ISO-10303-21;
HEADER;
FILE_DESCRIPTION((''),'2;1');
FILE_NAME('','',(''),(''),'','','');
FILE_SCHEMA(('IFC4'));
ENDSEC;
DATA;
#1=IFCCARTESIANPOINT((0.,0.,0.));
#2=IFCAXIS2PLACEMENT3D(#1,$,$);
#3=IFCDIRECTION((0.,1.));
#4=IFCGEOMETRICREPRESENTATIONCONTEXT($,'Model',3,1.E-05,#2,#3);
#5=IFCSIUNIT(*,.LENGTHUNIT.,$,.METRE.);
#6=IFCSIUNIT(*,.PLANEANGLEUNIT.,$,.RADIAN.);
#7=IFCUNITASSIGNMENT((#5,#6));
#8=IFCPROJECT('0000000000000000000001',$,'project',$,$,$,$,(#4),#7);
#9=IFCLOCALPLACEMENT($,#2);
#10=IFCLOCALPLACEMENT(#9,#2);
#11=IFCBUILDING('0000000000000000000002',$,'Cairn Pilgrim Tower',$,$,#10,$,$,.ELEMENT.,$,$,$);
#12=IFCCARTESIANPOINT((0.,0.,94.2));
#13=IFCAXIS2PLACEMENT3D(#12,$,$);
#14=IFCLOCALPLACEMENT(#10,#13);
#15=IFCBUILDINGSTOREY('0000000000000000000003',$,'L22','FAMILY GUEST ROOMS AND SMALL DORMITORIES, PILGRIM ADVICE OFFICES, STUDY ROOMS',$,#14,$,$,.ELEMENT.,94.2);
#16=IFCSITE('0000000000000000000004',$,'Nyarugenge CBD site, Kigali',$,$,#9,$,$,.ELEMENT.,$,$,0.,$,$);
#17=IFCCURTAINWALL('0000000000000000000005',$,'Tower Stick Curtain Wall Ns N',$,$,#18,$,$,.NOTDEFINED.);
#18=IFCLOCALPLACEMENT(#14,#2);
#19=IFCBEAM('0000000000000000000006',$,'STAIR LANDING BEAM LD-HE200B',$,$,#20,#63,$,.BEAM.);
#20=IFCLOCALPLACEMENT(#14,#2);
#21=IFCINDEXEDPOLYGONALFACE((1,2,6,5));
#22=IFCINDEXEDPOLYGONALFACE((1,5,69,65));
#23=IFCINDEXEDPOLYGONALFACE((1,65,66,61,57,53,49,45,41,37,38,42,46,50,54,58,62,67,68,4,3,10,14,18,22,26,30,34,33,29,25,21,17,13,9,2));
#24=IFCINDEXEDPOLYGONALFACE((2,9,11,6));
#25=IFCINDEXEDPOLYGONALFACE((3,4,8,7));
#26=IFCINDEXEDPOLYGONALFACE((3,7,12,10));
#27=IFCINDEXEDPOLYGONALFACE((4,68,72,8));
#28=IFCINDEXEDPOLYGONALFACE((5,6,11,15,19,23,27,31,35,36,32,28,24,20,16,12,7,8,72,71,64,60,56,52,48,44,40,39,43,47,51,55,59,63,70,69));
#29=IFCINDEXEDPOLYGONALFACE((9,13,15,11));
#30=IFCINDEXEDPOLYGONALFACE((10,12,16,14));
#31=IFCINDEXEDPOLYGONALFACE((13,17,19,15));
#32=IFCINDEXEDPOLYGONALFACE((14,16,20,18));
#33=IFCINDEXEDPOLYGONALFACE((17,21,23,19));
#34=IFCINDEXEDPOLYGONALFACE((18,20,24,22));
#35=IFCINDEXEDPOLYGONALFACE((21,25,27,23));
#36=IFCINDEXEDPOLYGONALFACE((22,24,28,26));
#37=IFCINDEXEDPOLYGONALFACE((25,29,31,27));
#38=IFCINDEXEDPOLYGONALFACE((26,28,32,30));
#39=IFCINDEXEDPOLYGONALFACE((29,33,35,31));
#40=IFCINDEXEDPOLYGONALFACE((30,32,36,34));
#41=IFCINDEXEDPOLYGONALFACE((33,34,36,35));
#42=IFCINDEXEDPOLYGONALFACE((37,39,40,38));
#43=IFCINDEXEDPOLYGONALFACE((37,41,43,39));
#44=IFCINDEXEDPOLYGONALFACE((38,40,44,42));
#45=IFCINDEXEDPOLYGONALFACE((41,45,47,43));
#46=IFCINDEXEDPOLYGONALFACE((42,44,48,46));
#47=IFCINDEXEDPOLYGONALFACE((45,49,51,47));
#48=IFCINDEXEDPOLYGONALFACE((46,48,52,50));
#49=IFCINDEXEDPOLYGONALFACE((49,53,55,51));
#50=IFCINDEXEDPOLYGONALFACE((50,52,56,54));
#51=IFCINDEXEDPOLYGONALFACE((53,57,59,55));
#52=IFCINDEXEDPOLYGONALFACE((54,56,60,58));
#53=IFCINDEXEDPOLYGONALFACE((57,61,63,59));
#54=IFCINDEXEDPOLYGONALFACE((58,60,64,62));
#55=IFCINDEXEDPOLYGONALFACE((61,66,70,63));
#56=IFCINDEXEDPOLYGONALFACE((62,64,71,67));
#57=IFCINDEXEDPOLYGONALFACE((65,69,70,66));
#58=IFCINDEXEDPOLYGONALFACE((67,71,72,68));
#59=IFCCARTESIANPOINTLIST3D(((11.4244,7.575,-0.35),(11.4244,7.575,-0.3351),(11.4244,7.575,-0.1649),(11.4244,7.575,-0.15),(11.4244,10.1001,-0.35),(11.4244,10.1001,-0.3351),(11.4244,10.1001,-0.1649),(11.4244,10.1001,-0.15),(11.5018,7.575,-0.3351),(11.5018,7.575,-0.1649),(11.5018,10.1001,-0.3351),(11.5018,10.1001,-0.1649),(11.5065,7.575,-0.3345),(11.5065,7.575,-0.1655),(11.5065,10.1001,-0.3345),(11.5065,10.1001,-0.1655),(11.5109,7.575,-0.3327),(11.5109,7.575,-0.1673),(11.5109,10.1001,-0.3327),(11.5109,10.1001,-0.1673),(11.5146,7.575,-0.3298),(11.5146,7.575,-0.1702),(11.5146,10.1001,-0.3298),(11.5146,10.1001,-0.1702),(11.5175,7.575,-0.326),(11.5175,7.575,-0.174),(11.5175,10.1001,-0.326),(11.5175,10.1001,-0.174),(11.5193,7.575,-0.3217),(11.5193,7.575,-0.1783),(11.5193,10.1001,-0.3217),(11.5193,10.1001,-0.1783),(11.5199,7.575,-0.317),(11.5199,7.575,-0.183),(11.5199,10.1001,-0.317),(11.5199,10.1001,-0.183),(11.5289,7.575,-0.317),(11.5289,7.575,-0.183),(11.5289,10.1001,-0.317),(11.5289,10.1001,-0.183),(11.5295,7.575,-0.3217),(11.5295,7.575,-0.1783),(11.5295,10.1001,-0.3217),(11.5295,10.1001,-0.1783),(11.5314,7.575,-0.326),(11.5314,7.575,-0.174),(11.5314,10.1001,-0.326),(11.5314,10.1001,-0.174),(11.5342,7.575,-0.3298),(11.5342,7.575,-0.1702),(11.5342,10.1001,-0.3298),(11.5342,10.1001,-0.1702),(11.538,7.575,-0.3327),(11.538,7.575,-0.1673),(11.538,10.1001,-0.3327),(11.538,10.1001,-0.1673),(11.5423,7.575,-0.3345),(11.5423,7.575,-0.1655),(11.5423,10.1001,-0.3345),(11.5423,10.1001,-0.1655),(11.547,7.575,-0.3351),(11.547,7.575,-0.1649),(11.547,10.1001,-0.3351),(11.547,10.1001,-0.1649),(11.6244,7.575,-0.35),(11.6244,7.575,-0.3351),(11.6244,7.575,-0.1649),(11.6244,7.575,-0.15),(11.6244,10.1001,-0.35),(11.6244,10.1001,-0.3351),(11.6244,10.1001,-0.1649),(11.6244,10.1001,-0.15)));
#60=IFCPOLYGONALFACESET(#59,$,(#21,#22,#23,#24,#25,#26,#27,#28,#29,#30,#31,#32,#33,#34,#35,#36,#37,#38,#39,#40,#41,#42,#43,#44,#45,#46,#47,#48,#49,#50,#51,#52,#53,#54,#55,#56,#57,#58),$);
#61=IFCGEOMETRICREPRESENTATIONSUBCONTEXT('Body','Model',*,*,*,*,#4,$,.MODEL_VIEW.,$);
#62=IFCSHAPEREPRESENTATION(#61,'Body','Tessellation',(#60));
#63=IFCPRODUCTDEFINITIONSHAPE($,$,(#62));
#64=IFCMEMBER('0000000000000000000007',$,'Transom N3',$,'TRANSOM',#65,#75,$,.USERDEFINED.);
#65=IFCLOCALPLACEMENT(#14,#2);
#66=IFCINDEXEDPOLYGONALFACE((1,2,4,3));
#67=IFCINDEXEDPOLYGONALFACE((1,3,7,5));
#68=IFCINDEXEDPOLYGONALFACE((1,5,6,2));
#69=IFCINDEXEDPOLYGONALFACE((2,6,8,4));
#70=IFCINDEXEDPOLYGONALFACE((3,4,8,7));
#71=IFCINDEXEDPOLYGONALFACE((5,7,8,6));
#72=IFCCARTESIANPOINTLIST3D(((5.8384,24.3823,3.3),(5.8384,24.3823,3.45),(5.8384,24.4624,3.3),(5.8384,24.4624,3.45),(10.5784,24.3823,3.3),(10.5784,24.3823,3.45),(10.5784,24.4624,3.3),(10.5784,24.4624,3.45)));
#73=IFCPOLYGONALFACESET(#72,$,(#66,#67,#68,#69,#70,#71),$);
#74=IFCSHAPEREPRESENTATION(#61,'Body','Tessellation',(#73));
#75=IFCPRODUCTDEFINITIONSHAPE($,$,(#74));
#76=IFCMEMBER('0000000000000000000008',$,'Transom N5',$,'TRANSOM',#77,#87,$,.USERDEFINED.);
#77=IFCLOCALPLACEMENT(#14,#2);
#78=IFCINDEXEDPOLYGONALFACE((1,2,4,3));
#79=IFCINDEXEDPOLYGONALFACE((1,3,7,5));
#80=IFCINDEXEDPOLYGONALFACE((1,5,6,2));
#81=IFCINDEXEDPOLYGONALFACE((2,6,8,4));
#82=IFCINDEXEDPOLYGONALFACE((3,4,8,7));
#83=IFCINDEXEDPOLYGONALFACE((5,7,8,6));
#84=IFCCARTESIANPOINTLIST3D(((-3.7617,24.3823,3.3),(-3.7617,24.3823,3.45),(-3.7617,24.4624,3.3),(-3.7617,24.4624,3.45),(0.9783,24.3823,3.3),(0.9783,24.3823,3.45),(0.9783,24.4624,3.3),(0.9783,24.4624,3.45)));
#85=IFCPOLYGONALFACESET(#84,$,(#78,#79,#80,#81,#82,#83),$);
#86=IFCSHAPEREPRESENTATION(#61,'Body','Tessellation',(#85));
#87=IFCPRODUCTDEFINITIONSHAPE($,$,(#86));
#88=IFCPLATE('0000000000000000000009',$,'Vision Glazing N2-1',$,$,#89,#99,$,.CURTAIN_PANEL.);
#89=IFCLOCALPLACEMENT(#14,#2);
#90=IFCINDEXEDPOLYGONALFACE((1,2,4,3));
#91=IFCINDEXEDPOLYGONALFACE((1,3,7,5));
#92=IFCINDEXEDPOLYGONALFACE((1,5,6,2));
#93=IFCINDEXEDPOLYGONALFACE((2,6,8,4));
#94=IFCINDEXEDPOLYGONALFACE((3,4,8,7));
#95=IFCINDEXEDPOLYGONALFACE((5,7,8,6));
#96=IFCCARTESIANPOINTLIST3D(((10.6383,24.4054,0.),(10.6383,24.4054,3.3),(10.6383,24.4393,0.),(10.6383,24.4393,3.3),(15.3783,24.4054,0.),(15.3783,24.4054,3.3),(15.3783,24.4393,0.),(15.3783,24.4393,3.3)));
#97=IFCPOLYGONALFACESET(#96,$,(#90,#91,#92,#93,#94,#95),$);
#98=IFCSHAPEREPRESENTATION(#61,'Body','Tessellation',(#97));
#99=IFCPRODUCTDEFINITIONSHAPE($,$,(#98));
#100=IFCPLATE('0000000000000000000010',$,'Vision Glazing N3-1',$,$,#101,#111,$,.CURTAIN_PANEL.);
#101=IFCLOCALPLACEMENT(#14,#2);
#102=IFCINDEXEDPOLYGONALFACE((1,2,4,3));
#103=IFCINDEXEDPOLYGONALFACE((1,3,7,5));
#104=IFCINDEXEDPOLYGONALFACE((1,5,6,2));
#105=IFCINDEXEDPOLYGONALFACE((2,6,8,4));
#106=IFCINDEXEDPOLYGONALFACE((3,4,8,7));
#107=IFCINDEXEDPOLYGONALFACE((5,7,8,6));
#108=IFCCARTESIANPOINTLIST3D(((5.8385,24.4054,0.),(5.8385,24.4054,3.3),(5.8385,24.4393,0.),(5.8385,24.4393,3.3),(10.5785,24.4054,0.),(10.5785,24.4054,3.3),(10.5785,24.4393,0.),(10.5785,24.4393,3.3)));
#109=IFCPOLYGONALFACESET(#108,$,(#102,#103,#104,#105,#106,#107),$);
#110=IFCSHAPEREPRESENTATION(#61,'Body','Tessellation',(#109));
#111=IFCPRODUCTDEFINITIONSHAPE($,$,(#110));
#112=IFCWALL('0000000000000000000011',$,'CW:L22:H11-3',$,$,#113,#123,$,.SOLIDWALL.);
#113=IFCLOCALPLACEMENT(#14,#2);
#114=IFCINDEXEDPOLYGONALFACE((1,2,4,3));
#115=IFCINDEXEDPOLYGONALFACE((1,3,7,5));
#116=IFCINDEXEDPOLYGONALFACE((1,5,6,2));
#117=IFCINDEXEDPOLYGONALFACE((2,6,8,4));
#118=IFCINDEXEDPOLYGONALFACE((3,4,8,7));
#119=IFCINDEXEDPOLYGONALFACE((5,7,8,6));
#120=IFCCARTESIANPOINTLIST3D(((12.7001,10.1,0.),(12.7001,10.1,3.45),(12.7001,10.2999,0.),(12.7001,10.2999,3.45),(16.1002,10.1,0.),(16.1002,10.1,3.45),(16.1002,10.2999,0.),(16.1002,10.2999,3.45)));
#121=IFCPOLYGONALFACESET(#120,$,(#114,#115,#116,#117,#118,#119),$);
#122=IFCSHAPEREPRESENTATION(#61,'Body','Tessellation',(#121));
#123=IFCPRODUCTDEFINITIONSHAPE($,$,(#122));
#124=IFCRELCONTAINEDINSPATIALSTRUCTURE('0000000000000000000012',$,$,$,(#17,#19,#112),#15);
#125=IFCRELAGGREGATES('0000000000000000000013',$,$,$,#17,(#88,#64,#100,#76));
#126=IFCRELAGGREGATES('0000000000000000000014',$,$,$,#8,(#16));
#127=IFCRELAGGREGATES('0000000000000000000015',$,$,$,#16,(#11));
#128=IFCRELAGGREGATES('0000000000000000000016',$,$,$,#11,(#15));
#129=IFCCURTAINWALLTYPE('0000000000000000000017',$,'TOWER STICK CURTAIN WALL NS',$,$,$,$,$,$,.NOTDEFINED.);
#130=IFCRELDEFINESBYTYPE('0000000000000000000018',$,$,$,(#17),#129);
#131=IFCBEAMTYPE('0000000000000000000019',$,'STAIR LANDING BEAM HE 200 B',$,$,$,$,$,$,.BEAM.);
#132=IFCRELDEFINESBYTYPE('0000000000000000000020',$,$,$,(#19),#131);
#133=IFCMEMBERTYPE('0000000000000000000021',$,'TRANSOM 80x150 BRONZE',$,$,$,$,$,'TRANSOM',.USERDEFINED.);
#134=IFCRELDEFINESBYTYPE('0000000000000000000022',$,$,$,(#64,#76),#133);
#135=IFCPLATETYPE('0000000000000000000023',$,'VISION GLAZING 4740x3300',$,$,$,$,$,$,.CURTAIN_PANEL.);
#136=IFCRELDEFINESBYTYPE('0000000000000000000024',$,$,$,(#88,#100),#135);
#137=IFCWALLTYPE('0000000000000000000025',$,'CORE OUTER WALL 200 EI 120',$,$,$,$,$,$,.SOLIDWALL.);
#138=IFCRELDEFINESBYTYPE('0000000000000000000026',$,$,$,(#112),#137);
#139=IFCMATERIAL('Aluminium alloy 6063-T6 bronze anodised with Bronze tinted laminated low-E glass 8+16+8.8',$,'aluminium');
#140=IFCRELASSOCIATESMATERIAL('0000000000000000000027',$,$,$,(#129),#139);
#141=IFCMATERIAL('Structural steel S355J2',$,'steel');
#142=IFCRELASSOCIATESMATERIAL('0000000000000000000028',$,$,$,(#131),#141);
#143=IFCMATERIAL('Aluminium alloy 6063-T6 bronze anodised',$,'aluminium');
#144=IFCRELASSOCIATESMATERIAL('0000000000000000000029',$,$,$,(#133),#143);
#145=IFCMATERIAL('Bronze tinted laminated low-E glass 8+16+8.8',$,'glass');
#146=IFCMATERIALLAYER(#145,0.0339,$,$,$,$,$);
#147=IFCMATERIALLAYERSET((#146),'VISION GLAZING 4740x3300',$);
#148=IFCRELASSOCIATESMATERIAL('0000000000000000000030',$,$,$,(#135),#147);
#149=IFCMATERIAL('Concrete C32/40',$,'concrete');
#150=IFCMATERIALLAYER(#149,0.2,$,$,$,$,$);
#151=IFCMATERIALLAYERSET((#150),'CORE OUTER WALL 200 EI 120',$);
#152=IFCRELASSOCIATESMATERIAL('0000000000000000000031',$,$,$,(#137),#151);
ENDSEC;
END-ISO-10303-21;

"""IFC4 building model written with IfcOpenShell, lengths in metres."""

from ifc_helpers import new_model, si_unit, direction, frame, frame_2d, origin, origin_2d, place, context, subcontext, project, spatial, rectangle, i_section, extrude, material, layer, layer_set, material_profile, profile_set, type_object, element, aggregate, save


model = new_model("IFC4")

# Units and contexts
model_context = context("Model", 3, precision=1e-05, world=origin(), true_north=direction((0.0, 1.0)))
body_context = subcontext(model_context, "Body", "Model", "MODEL_VIEW")
ifc_project = project(units=[si_unit("LENGTHUNIT", "METRE"), si_unit("PLANEANGLEUNIT", "RADIAN")], contexts=[model_context])

# Site, building, storey
site_placement = place(None, origin())
site = spatial("IfcSite", under=ifc_project, at=site_placement, Name="Nyarugenge CBD site, Kigali", CompositionType="ELEMENT", RefElevation=0.0)
building_placement = place(site_placement, origin())
building = spatial("IfcBuilding", under=site, at=building_placement, Name="Cairn Pilgrim Tower", CompositionType="ELEMENT")
storey_placement = place(building_placement, frame((0.0, 0.0, 94.2)))
storey = spatial("IfcBuildingStorey", under=building, at=storey_placement, Name="L22", Description="FAMILY GUEST ROOMS AND SMALL DORMITORIES, PILGRIM ADVICE OFFICES, STUDY ROOMS", CompositionType="ELEMENT", Elevation=94.2)

# Curtain wall
ifc_material_1 = material(Name="Aluminium alloy 6063-T6 bronze anodised with Bronze tinted laminated low-E glass 8+16+8.8", Category="aluminium")
curtain_wall_type = type_object("IfcCurtainWallType", Name="TOWER STICK CURTAIN WALL NS", PredefinedType="NOTDEFINED", material=ifc_material_1)
curtain_wall_placement = place(storey_placement, origin())
curtain_wall = element("IfcCurtainWall", 1, at=curtain_wall_placement, inside=storey, type_object=curtain_wall_type, Name="Tower Stick Curtain Wall Ns N", PredefinedType="NOTDEFINED")
ifc_material_2 = material(Name="Aluminium alloy 6063-T6 bronze anodised", Category="aluminium")

# Beam
ifc_material_3 = material(Name="Structural steel S355J2", Category="steel")
ifc_material_profile_1 = material_profile(ifc_material_3, i_section(OverallWidth=0.2, OverallDepth=0.2, WebThickness=0.009, FlangeThickness=0.0149, FilletRadius=0.0181, at=origin_2d()), Name="HE 200 B")
ifc_profile_set_1 = profile_set([ifc_material_profile_1], Name="Structural steel S355J2")
beam_type_1 = type_object("IfcBeamType", Name="STAIR LANDING BEAM HE 200 B", PredefinedType="BEAM", material=ifc_profile_set_1)
beam_1_placement = place(storey_placement, frame((11.5244, 10.1001, -0.25), z_axis=(0.0, -1.0, 0.0), x_axis=(1.0, 0.0, 0.0)))
element("IfcBeam", 2, at=beam_1_placement, inside=storey, type_object=beam_type_1, Name="STAIR LANDING BEAM LD-HE200B", PredefinedType="BEAM", context=body_context, shape_type="SweptSolid", body=[
    extrude(i_section(OverallWidth=0.2, OverallDepth=0.2, WebThickness=0.009, FlangeThickness=0.0149, FilletRadius=0.0181, at=origin_2d()), origin(), (0.0, 0.0, 1.0), 2.5251),
])

# Members
ifc_material_profile_2 = material_profile(ifc_material_2, rectangle(XDim=0.0801, YDim=0.1499, at=origin_2d()), Name="TRANSOM 80x150 BRONZE")
ifc_profile_set_2 = profile_set([ifc_material_profile_2], Name="Aluminium alloy 6063-T6 bronze anodised")
member_type_1 = type_object("IfcMemberType", Name="TRANSOM 80x150 BRONZE", ElementType="TRANSOM", PredefinedType="USERDEFINED", material=ifc_profile_set_2)
member_1_placement = place(storey_placement, frame((10.5784, 24.4224, 3.375), z_axis=(-1.0, 0.0, 0.0), x_axis=(0.0, -1.0, 0.0)))
member_1 = element("IfcMember", 3, at=member_1_placement, type_object=member_type_1, Name="Transom N3", ObjectType="TRANSOM", PredefinedType="USERDEFINED", context=body_context, shape_type="SweptSolid", body=[
    extrude(rectangle(XDim=0.0801, YDim=0.1499, at=origin_2d()), origin(), (0.0, 0.0, 1.0), 4.74),
])
member_2_placement = place(storey_placement, frame((0.9783, 24.4224, 3.375), z_axis=(-1.0, 0.0, 0.0), x_axis=(0.0, -1.0, 0.0)))
member_2 = element("IfcMember", 4, at=member_2_placement, type_object=member_type_1, Name="Transom N5", ObjectType="TRANSOM", PredefinedType="USERDEFINED", context=body_context, shape_type="SweptSolid", body=[
    extrude(rectangle(XDim=0.0801, YDim=0.1499, at=origin_2d()), origin(), (0.0, 0.0, 1.0), 4.74),
])

# Plates
ifc_material_4 = material(Name="Bronze tinted laminated low-E glass 8+16+8.8", Category="glass")
ifc_layer_1 = layer(ifc_material_4, 0.0339)
ifc_layer_set_1 = layer_set([ifc_layer_1], Name="VISION GLAZING 4740x3300")
plate_type = type_object("IfcPlateType", Name="VISION GLAZING 4740x3300", PredefinedType="CURTAIN_PANEL", material=ifc_layer_set_1)
plate_1_placement = place(storey_placement, frame((13.0083, 24.4224, 0.0), z_axis=(0.0, 0.0, 1.0), x_axis=(-1.0, 0.0, 0.0)))
plate_1 = element("IfcPlate", 5, at=plate_1_placement, type_object=plate_type, Name="Vision Glazing N2-1", PredefinedType="CURTAIN_PANEL", context=body_context, shape_type="SweptSolid", body=[
    extrude(rectangle(XDim=4.74, YDim=0.0339, at=origin_2d()), origin(), (0.0, 0.0, 1.0), 3.3),
])
plate_2_placement = place(storey_placement, frame((8.2085, 24.4224, 0.0), z_axis=(0.0, 0.0, 1.0), x_axis=(-1.0, 0.0, 0.0)))
plate_2 = element("IfcPlate", 6, at=plate_2_placement, type_object=plate_type, Name="Vision Glazing N3-1", PredefinedType="CURTAIN_PANEL", context=body_context, shape_type="SweptSolid", body=[
    extrude(rectangle(XDim=4.74, YDim=0.0339, at=origin_2d()), origin(), (0.0, 0.0, 1.0), 3.3),
])
aggregate(curtain_wall, [plate_1, member_1, plate_2, member_2])

# Wall
ifc_material_5 = material(Name="Concrete C32/40", Category="concrete")
ifc_layer_2 = layer(ifc_material_5, 0.2)
ifc_layer_set_2 = layer_set([ifc_layer_2], Name="CORE OUTER WALL 200 EI 120")
wall_type_1 = type_object("IfcWallType", Name="CORE OUTER WALL 200 EI 120", PredefinedType="SOLIDWALL", material=ifc_layer_set_2)
wall_1_placement = place(storey_placement, frame((12.7, 10.2, 0.0), z_axis=(0.0, 0.0, 1.0), x_axis=(1.0, 0.0, 0.0)))
element("IfcWall", 7, at=wall_1_placement, inside=storey, type_object=wall_type_1, Name="CW:L22:H11-3", PredefinedType="SOLIDWALL", context=body_context, shape_type="SweptSolid", body=[
    extrude(rectangle(XDim=3.4001, YDim=0.2, at=frame_2d((1.7002, 0.0))), origin(), (0.0, 0.0, 1.0), 3.45),
])

save(model, "model.ifc")
